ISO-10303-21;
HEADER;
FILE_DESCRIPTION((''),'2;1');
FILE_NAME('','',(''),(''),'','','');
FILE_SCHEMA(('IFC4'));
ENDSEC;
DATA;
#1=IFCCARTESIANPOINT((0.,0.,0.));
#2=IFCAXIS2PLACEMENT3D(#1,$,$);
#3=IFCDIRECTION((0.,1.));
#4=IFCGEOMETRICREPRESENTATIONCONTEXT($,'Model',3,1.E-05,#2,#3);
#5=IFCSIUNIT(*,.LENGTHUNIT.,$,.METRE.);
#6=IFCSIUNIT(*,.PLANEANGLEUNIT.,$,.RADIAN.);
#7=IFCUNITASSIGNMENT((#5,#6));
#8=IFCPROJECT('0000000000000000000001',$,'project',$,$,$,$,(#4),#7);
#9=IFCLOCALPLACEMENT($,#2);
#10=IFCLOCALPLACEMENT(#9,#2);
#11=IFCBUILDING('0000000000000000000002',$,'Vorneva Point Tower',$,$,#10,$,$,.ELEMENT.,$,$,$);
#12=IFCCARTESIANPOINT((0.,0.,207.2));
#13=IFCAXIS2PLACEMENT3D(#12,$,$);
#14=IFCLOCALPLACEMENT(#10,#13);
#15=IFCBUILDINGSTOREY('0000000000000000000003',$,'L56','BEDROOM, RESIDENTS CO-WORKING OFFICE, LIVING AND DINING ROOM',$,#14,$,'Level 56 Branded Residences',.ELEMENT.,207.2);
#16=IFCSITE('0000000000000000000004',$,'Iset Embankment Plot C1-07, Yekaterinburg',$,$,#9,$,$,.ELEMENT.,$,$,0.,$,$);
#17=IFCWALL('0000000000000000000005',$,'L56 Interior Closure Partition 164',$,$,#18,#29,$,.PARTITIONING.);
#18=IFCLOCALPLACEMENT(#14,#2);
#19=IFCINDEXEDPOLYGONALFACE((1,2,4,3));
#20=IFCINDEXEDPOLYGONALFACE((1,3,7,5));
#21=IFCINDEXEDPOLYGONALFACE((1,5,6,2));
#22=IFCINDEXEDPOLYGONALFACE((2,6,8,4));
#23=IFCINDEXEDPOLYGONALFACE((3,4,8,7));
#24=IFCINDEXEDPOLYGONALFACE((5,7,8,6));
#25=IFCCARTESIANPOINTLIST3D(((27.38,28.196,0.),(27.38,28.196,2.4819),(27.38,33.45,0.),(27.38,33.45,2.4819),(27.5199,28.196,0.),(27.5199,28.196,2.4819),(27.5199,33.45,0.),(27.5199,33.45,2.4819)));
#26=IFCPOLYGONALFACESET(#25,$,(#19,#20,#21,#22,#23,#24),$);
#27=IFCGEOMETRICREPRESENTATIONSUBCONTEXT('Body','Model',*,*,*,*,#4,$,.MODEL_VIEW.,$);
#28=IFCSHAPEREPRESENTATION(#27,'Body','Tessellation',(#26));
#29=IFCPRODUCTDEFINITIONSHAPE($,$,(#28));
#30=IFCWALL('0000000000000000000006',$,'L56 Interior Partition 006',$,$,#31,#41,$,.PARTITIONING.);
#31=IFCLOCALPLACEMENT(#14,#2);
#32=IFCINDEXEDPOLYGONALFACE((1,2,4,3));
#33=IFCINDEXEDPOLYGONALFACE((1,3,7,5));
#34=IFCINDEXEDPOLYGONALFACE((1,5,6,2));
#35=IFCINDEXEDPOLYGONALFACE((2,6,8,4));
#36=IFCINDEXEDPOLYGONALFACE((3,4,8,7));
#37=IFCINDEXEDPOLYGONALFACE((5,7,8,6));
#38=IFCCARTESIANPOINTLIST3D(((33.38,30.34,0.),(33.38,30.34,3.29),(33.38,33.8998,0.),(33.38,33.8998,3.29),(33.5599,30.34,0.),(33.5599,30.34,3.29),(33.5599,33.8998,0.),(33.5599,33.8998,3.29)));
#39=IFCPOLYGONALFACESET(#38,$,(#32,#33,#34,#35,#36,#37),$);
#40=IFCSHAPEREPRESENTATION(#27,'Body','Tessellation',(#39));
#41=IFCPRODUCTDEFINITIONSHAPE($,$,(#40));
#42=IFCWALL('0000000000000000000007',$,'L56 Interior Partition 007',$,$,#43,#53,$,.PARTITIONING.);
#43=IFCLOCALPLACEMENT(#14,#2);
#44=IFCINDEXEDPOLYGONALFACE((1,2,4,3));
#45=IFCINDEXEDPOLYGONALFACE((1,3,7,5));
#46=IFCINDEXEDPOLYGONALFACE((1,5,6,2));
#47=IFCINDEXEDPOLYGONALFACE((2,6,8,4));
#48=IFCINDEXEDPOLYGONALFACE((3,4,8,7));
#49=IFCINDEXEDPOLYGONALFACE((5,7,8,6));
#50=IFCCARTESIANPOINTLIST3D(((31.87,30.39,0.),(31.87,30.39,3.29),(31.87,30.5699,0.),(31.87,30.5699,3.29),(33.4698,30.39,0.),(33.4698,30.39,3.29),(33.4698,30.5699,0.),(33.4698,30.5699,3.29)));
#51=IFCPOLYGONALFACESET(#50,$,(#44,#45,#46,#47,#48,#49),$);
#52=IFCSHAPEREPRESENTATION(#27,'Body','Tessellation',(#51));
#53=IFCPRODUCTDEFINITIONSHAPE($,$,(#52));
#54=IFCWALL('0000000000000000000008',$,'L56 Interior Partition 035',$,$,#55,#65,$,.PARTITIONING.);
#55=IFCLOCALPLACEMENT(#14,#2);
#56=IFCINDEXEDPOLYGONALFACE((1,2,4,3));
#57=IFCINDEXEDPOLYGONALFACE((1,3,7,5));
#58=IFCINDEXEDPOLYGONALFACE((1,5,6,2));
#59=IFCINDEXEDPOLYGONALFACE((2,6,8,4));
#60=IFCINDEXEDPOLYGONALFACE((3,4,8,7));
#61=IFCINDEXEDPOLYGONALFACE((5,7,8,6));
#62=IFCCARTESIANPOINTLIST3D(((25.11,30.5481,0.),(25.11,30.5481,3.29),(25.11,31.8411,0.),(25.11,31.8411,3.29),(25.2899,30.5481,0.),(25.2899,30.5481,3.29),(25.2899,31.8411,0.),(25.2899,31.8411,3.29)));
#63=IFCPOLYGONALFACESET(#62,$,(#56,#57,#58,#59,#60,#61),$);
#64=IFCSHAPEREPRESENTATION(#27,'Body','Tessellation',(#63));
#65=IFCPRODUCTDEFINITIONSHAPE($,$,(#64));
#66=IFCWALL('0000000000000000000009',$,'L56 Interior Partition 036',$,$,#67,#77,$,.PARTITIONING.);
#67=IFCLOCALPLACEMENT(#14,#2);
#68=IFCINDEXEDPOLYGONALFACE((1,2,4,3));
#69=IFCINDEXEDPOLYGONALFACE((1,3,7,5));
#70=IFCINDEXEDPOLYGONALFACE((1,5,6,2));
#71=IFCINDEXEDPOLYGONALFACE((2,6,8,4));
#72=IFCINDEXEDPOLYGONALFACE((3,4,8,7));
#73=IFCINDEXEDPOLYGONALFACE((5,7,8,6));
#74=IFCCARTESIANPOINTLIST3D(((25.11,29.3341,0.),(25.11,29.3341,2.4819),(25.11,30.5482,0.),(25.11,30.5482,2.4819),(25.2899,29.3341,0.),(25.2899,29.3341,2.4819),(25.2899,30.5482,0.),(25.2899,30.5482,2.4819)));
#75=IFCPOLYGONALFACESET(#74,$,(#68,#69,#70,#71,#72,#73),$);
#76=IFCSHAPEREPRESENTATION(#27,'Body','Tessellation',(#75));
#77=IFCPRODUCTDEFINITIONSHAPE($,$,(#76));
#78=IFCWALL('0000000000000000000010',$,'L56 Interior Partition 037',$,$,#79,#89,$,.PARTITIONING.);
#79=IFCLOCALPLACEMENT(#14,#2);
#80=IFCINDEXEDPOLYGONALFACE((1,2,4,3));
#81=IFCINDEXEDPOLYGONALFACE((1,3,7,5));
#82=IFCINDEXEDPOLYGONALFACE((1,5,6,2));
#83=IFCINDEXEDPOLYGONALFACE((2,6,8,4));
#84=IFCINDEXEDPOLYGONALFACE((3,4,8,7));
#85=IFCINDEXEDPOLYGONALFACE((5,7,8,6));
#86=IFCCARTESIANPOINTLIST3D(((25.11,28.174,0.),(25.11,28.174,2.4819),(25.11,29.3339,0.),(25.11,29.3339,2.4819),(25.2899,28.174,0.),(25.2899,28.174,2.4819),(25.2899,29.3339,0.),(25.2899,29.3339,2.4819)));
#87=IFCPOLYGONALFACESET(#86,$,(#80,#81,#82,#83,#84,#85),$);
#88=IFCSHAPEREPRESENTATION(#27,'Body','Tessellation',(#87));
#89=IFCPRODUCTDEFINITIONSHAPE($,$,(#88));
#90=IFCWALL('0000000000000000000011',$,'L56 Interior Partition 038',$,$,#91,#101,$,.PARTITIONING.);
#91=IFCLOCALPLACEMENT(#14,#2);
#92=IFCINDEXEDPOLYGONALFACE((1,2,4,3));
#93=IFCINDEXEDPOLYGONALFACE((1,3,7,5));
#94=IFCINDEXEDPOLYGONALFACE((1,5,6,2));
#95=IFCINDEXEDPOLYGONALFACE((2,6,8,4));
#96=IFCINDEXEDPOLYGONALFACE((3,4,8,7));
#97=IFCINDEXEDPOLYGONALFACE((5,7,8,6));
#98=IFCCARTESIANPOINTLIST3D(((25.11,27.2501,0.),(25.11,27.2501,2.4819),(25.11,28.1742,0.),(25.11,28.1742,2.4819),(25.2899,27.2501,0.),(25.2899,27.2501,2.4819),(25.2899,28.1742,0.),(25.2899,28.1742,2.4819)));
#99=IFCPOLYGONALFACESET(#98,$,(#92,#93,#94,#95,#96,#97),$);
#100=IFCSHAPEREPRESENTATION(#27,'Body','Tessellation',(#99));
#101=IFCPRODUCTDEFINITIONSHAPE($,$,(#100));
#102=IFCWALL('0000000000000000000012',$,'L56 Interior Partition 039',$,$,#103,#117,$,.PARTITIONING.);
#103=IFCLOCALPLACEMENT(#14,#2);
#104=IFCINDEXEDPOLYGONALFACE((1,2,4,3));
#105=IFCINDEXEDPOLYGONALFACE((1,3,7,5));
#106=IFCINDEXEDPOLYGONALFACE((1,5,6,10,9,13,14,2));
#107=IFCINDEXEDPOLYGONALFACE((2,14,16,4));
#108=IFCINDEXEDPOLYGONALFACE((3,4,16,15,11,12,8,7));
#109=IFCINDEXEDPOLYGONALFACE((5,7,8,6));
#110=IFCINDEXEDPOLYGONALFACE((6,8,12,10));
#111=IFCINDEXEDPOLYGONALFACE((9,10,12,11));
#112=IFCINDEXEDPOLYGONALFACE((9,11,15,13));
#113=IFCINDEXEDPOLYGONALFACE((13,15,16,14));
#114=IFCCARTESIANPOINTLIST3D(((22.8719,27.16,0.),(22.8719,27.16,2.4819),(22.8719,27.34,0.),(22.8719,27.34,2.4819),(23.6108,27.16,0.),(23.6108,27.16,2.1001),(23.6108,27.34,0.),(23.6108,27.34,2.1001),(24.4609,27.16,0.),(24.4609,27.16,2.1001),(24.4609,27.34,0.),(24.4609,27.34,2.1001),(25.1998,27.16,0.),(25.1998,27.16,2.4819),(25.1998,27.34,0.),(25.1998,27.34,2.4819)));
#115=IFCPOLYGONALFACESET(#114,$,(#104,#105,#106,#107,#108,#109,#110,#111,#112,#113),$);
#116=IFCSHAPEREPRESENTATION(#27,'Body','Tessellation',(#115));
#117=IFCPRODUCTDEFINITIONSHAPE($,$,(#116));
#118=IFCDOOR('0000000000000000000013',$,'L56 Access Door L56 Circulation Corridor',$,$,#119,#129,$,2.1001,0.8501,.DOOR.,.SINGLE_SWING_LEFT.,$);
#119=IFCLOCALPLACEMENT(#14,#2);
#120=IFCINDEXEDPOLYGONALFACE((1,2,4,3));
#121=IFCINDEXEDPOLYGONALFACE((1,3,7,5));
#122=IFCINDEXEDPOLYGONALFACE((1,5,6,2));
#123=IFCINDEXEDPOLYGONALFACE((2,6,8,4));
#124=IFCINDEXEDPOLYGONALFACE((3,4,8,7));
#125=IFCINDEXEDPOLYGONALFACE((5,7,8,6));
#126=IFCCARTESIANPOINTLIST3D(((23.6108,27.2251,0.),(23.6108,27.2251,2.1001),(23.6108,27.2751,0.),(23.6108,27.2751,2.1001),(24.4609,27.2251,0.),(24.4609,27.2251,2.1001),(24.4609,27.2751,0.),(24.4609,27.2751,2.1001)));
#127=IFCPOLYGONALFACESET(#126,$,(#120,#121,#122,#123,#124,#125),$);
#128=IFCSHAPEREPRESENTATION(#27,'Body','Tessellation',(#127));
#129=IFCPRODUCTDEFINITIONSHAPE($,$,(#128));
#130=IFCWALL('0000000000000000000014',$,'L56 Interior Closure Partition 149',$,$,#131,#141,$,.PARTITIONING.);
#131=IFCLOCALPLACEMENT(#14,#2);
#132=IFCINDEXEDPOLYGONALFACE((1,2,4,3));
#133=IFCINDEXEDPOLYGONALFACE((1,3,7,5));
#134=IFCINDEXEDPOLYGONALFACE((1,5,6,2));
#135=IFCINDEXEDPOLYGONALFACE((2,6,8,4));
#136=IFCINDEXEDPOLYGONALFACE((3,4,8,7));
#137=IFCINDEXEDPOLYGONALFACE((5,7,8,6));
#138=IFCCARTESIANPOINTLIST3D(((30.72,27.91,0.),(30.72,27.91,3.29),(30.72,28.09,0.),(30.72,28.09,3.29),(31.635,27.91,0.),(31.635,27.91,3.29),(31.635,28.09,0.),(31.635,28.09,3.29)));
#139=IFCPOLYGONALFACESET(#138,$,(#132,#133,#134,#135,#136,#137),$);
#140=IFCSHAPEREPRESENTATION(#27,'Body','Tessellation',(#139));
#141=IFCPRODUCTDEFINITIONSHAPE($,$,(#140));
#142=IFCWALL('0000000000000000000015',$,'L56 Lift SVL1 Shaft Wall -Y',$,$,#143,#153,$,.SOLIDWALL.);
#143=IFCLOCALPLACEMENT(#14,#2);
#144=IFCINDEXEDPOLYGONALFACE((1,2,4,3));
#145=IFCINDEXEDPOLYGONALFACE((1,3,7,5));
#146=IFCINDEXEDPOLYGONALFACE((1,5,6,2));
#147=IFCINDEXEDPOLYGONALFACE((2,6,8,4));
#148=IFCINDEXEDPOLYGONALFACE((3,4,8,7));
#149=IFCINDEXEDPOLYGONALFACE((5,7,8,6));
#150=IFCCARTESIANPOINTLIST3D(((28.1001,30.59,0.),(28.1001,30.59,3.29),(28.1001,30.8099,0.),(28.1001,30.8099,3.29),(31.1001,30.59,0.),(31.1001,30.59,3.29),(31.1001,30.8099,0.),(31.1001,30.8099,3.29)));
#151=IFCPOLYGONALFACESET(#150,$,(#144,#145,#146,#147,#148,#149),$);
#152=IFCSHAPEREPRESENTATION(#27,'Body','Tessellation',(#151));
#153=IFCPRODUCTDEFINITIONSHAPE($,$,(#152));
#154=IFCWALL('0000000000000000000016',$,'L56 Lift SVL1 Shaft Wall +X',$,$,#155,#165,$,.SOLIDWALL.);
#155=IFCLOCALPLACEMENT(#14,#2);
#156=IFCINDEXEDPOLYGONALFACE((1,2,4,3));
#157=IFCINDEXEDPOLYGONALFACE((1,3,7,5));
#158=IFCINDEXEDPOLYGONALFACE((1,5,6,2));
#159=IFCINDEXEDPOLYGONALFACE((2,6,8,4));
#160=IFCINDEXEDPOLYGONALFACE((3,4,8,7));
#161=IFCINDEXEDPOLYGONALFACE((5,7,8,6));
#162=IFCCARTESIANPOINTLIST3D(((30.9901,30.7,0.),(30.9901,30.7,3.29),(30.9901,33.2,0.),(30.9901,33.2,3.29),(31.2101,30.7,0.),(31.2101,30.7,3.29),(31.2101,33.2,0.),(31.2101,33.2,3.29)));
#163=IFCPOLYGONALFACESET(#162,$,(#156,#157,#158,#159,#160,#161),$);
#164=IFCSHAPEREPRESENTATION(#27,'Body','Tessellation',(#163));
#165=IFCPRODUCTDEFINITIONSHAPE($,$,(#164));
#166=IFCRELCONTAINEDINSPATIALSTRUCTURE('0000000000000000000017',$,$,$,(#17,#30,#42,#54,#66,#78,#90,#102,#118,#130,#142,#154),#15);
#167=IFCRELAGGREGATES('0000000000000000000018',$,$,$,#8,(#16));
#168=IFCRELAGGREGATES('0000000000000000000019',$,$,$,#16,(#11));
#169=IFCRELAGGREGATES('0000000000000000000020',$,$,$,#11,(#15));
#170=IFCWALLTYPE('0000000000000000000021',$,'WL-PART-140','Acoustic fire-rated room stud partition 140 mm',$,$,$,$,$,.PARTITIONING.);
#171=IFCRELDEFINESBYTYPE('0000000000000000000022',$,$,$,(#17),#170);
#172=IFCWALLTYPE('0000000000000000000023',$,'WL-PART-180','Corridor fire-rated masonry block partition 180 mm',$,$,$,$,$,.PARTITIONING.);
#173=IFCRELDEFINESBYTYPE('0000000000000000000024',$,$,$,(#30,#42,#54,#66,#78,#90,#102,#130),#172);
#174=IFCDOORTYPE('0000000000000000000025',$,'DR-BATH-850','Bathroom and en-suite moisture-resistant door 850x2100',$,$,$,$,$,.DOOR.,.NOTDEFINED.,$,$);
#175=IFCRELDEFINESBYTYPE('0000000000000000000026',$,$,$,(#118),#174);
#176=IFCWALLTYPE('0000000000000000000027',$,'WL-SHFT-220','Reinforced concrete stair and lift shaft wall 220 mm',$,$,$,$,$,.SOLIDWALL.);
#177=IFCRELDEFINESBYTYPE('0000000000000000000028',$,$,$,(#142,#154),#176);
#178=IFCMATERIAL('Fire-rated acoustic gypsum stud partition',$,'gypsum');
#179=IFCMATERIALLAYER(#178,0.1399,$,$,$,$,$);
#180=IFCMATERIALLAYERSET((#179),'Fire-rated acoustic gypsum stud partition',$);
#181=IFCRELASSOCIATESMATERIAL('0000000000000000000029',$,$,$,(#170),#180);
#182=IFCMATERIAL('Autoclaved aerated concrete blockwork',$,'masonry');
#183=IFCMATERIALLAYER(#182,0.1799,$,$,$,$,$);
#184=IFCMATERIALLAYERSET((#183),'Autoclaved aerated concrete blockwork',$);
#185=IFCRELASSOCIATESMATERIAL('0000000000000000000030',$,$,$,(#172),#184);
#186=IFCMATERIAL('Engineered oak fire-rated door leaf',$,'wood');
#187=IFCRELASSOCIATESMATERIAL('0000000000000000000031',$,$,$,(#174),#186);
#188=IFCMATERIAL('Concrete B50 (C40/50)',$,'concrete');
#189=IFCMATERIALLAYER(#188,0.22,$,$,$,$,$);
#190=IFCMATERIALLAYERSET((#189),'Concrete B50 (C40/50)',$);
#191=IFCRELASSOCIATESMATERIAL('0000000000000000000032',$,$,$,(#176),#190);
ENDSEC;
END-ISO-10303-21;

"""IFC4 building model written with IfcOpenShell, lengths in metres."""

from ifc_helpers import new_model, si_unit, direction, frame, frame_2d, origin, place, context, subcontext, project, spatial, rectangle, extrude, material, layer, layer_set, type_object, element, fill, save


model = new_model("IFC4")

# Units and contexts
model_context = context("Model", 3, precision=1e-05, world=origin(), true_north=direction((0.0, 1.0)))
body_context = subcontext(model_context, "Body", "Model", "MODEL_VIEW")
ifc_project = project(units=[si_unit("LENGTHUNIT", "METRE"), si_unit("PLANEANGLEUNIT", "RADIAN")], contexts=[model_context])

# Site, building, storey
site_placement = place(None, origin())
site = spatial("IfcSite", under=ifc_project, at=site_placement, Name="Iset Embankment Plot C1-07, Yekaterinburg", CompositionType="ELEMENT", RefElevation=0.0)
building_placement = place(site_placement, origin())
building = spatial("IfcBuilding", under=site, at=building_placement, Name="Vorneva Point Tower", CompositionType="ELEMENT")
storey_placement = place(building_placement, frame((0.0, 0.0, 207.2)))
storey = spatial("IfcBuildingStorey", under=building, at=storey_placement, Name="L56", Description="BEDROOM, RESIDENTS CO-WORKING OFFICE, LIVING AND DINING ROOM", LongName="Level 56 Branded Residences", CompositionType="ELEMENT", Elevation=207.2)

# Shared definitions
ifc_material_1 = material(Name="Concrete B50 (C40/50)", Category="concrete")

# Wall
ifc_material_2 = material(Name="Fire-rated acoustic gypsum stud partition", Category="gypsum")
ifc_layer_1 = layer(ifc_material_2, 0.1399)
ifc_layer_set_1 = layer_set([ifc_layer_1], Name="Fire-rated acoustic gypsum stud partition")
wall_type_1 = type_object("IfcWallType", Name="WL-PART-140", Description="Acoustic fire-rated room stud partition 140 mm", PredefinedType="PARTITIONING", material=ifc_layer_set_1)
wall_1_placement = place(storey_placement, frame((27.45, 33.45, 0.0), z_axis=(0.0, 0.0, 1.0), x_axis=(0.0, -1.0, 0.0)))
element("IfcWall", 1, at=wall_1_placement, inside=storey, type_object=wall_type_1, Name="L56 Interior Closure Partition 164", PredefinedType="PARTITIONING", context=body_context, shape_type="SweptSolid", body=[
    extrude(rectangle(XDim=5.2539, YDim=0.1399, at=frame_2d((2.627, 0.0))), origin(), (0.0, 0.0, 1.0), 2.4819),
])

# Shared definitions
ifc_material_3 = material(Name="Autoclaved aerated concrete blockwork", Category="masonry")
ifc_layer_2 = layer(ifc_material_3, 0.1799)
ifc_layer_set_2 = layer_set([ifc_layer_2], Name="Autoclaved aerated concrete blockwork")
wall_type_2 = type_object("IfcWallType", Name="WL-PART-180", Description="Corridor fire-rated masonry block partition 180 mm", PredefinedType="PARTITIONING", material=ifc_layer_set_2)

# Walls
wall_2_placement = place(storey_placement, frame((33.47, 30.3401, 0.0), z_axis=(0.0, 0.0, 1.0), x_axis=(0.0, 1.0, 0.0)))
element("IfcWall", 2, at=wall_2_placement, inside=storey, type_object=wall_type_2, Name="L56 Interior Partition 006", PredefinedType="PARTITIONING", context=body_context, shape_type="SweptSolid", body=[
    extrude(rectangle(XDim=3.5598, YDim=0.1799, at=frame_2d((1.7798, 0.0))), origin(), (0.0, 0.0, 1.0), 3.29),
])
wall_3_placement = place(storey_placement, frame((31.8701, 30.48, 0.0), z_axis=(0.0, 0.0, 1.0), x_axis=(1.0, 0.0, 0.0)))
element("IfcWall", 3, at=wall_3_placement, inside=storey, type_object=wall_type_2, Name="L56 Interior Partition 007", PredefinedType="PARTITIONING", context=body_context, shape_type="SweptSolid", body=[
    extrude(rectangle(XDim=1.5999, YDim=0.1799, at=frame_2d((0.7998, 0.0))), origin(), (0.0, 0.0, 1.0), 3.29),
])
wall_4_placement = place(storey_placement, frame((25.2, 31.8411, 0.0), z_axis=(0.0, 0.0, 1.0), x_axis=(0.0, -1.0, 0.0)))
element("IfcWall", 4, at=wall_4_placement, inside=storey, type_object=wall_type_2, Name="L56 Interior Partition 035", PredefinedType="PARTITIONING", context=body_context, shape_type="SweptSolid", body=[
    extrude(rectangle(XDim=1.293, YDim=0.1799, at=frame_2d((0.6465, 0.0))), origin(), (0.0, 0.0, 1.0), 3.29),
])
wall_5_placement = place(storey_placement, frame((25.2, 30.5481, 0.0), z_axis=(0.0, 0.0, 1.0), x_axis=(0.0, -1.0, 0.0)))
element("IfcWall", 5, at=wall_5_placement, inside=storey, type_object=wall_type_2, Name="L56 Interior Partition 036", PredefinedType="PARTITIONING", context=body_context, shape_type="SweptSolid", body=[
    extrude(rectangle(XDim=1.2141, YDim=0.1799, at=frame_2d((0.6069, 0.0))), origin(), (0.0, 0.0, 1.0), 2.4819),
])
wall_6_placement = place(storey_placement, frame((25.2, 29.334, 0.0), z_axis=(0.0, 0.0, 1.0), x_axis=(0.0, -1.0, 0.0)))
element("IfcWall", 6, at=wall_6_placement, inside=storey, type_object=wall_type_2, Name="L56 Interior Partition 037", PredefinedType="PARTITIONING", context=body_context, shape_type="SweptSolid", body=[
    extrude(rectangle(XDim=1.1599, YDim=0.1799, at=frame_2d((0.5801, 0.0))), origin(), (0.0, 0.0, 1.0), 2.4819),
])
wall_7_placement = place(storey_placement, frame((25.2, 28.1741, 0.0), z_axis=(0.0, 0.0, 1.0), x_axis=(0.0, -1.0, 0.0)))
element("IfcWall", 7, at=wall_7_placement, inside=storey, type_object=wall_type_2, Name="L56 Interior Partition 038", PredefinedType="PARTITIONING", context=body_context, shape_type="SweptSolid", body=[
    extrude(rectangle(XDim=0.9241, YDim=0.1799, at=frame_2d((0.4619, 0.0))), origin(), (0.0, 0.0, 1.0), 2.4819),
])

# Wall, opening, door
wall_8_placement = place(storey_placement, frame((25.2, 27.25, 0.0), z_axis=(0.0, 0.0, 1.0), x_axis=(-1.0, 0.0, 0.0)))
wall_8 = element("IfcWall", 8, at=wall_8_placement, inside=storey, type_object=wall_type_2, Name="L56 Interior Partition 039", PredefinedType="PARTITIONING", context=body_context, shape_type="SweptSolid", body=[
    extrude(rectangle(XDim=2.3279, YDim=0.1799, at=frame_2d((1.1641, 0.0))), origin(), (0.0, 0.0, 1.0), 2.4819),
])
opening_1_placement = place(wall_8_placement, frame((0.739, 0.0, 0.0)))
opening_1 = element("IfcOpeningElement", 9, at=opening_1_placement, cuts=wall_8, PredefinedType="OPENING", context=body_context, shape_type="SweptSolid", body=[
    extrude(rectangle(XDim=0.8501, YDim=2.1001, at=frame_2d((0.425, 1.05))), frame((0.0, 0.105, 0.0), z_axis=(0.0, -1.0, 0.0), x_axis=(1.0, 0.0, 0.0)), (0.0, 0.0, 1.0), 0.2097),
])
ifc_material_4 = material(Name="Engineered oak fire-rated door leaf", Category="wood")
door_type_1 = type_object("IfcDoorType", Name="DR-BATH-850", Description="Bathroom and en-suite moisture-resistant door 850x2100", OperationType="NOTDEFINED", PredefinedType="DOOR", material=ifc_material_4)
door_1_placement = place(opening_1_placement, origin())
door_1 = element("IfcDoor", 10, at=door_1_placement, inside=storey, type_object=door_type_1, Name="L56 Access Door L56 Circulation Corridor", OperationType="SINGLE_SWING_LEFT", OverallHeight=2.1001, OverallWidth=0.8501, PredefinedType="DOOR", context=body_context, shape_type="SweptSolid", body=[
    extrude(rectangle(XDim=0.8501, YDim=2.1001, at=frame_2d((0.425, 1.05))), frame((0.0, 0.0249, 0.0), z_axis=(0.0, -1.0, 0.0), x_axis=(1.0, 0.0, 0.0)), (0.0, 0.0, 1.0), 0.05),
])
fill(opening_1, door_1)

# Walls
wall_9_placement = place(storey_placement, frame((31.635, 28.0, 0.0), z_axis=(0.0, 0.0, 1.0), x_axis=(-1.0, 0.0, 0.0)))
element("IfcWall", 11, at=wall_9_placement, inside=storey, type_object=wall_type_2, Name="L56 Interior Closure Partition 149", PredefinedType="PARTITIONING", context=body_context, shape_type="SweptSolid", body=[
    extrude(rectangle(XDim=0.915, YDim=0.1799, at=frame_2d((0.4575, 0.0))), origin(), (0.0, 0.0, 1.0), 3.29),
])
ifc_layer_3 = layer(ifc_material_1, 0.22)
ifc_layer_set_3 = layer_set([ifc_layer_3], Name="Concrete B50 (C40/50)")
wall_type_3 = type_object("IfcWallType", Name="WL-SHFT-220", Description="Reinforced concrete stair and lift shaft wall 220 mm", PredefinedType="SOLIDWALL", material=ifc_layer_set_3)
wall_10_placement = place(storey_placement, frame((28.1001, 30.7, 0.0), z_axis=(0.0, 0.0, 1.0), x_axis=(1.0, 0.0, 0.0)))
element("IfcWall", 12, at=wall_10_placement, inside=storey, type_object=wall_type_3, Name="L56 Lift SVL1 Shaft Wall -Y", PredefinedType="SOLIDWALL", context=body_context, shape_type="SweptSolid", body=[
    extrude(rectangle(XDim=3.0, YDim=0.22, at=frame_2d((1.5, 0.0))), origin(), (0.0, 0.0, 1.0), 3.29),
])
wall_11_placement = place(storey_placement, frame((31.1001, 30.7, 0.0), z_axis=(0.0, 0.0, 1.0), x_axis=(0.0, 1.0, 0.0)))
element("IfcWall", 13, at=wall_11_placement, inside=storey, type_object=wall_type_3, Name="L56 Lift SVL1 Shaft Wall +X", PredefinedType="SOLIDWALL", context=body_context, shape_type="SweptSolid", body=[
    extrude(rectangle(XDim=2.5, YDim=0.22, at=frame_2d((1.25, 0.0))), origin(), (0.0, 0.0, 1.0), 3.29),
])

save(model, "model.ifc")
